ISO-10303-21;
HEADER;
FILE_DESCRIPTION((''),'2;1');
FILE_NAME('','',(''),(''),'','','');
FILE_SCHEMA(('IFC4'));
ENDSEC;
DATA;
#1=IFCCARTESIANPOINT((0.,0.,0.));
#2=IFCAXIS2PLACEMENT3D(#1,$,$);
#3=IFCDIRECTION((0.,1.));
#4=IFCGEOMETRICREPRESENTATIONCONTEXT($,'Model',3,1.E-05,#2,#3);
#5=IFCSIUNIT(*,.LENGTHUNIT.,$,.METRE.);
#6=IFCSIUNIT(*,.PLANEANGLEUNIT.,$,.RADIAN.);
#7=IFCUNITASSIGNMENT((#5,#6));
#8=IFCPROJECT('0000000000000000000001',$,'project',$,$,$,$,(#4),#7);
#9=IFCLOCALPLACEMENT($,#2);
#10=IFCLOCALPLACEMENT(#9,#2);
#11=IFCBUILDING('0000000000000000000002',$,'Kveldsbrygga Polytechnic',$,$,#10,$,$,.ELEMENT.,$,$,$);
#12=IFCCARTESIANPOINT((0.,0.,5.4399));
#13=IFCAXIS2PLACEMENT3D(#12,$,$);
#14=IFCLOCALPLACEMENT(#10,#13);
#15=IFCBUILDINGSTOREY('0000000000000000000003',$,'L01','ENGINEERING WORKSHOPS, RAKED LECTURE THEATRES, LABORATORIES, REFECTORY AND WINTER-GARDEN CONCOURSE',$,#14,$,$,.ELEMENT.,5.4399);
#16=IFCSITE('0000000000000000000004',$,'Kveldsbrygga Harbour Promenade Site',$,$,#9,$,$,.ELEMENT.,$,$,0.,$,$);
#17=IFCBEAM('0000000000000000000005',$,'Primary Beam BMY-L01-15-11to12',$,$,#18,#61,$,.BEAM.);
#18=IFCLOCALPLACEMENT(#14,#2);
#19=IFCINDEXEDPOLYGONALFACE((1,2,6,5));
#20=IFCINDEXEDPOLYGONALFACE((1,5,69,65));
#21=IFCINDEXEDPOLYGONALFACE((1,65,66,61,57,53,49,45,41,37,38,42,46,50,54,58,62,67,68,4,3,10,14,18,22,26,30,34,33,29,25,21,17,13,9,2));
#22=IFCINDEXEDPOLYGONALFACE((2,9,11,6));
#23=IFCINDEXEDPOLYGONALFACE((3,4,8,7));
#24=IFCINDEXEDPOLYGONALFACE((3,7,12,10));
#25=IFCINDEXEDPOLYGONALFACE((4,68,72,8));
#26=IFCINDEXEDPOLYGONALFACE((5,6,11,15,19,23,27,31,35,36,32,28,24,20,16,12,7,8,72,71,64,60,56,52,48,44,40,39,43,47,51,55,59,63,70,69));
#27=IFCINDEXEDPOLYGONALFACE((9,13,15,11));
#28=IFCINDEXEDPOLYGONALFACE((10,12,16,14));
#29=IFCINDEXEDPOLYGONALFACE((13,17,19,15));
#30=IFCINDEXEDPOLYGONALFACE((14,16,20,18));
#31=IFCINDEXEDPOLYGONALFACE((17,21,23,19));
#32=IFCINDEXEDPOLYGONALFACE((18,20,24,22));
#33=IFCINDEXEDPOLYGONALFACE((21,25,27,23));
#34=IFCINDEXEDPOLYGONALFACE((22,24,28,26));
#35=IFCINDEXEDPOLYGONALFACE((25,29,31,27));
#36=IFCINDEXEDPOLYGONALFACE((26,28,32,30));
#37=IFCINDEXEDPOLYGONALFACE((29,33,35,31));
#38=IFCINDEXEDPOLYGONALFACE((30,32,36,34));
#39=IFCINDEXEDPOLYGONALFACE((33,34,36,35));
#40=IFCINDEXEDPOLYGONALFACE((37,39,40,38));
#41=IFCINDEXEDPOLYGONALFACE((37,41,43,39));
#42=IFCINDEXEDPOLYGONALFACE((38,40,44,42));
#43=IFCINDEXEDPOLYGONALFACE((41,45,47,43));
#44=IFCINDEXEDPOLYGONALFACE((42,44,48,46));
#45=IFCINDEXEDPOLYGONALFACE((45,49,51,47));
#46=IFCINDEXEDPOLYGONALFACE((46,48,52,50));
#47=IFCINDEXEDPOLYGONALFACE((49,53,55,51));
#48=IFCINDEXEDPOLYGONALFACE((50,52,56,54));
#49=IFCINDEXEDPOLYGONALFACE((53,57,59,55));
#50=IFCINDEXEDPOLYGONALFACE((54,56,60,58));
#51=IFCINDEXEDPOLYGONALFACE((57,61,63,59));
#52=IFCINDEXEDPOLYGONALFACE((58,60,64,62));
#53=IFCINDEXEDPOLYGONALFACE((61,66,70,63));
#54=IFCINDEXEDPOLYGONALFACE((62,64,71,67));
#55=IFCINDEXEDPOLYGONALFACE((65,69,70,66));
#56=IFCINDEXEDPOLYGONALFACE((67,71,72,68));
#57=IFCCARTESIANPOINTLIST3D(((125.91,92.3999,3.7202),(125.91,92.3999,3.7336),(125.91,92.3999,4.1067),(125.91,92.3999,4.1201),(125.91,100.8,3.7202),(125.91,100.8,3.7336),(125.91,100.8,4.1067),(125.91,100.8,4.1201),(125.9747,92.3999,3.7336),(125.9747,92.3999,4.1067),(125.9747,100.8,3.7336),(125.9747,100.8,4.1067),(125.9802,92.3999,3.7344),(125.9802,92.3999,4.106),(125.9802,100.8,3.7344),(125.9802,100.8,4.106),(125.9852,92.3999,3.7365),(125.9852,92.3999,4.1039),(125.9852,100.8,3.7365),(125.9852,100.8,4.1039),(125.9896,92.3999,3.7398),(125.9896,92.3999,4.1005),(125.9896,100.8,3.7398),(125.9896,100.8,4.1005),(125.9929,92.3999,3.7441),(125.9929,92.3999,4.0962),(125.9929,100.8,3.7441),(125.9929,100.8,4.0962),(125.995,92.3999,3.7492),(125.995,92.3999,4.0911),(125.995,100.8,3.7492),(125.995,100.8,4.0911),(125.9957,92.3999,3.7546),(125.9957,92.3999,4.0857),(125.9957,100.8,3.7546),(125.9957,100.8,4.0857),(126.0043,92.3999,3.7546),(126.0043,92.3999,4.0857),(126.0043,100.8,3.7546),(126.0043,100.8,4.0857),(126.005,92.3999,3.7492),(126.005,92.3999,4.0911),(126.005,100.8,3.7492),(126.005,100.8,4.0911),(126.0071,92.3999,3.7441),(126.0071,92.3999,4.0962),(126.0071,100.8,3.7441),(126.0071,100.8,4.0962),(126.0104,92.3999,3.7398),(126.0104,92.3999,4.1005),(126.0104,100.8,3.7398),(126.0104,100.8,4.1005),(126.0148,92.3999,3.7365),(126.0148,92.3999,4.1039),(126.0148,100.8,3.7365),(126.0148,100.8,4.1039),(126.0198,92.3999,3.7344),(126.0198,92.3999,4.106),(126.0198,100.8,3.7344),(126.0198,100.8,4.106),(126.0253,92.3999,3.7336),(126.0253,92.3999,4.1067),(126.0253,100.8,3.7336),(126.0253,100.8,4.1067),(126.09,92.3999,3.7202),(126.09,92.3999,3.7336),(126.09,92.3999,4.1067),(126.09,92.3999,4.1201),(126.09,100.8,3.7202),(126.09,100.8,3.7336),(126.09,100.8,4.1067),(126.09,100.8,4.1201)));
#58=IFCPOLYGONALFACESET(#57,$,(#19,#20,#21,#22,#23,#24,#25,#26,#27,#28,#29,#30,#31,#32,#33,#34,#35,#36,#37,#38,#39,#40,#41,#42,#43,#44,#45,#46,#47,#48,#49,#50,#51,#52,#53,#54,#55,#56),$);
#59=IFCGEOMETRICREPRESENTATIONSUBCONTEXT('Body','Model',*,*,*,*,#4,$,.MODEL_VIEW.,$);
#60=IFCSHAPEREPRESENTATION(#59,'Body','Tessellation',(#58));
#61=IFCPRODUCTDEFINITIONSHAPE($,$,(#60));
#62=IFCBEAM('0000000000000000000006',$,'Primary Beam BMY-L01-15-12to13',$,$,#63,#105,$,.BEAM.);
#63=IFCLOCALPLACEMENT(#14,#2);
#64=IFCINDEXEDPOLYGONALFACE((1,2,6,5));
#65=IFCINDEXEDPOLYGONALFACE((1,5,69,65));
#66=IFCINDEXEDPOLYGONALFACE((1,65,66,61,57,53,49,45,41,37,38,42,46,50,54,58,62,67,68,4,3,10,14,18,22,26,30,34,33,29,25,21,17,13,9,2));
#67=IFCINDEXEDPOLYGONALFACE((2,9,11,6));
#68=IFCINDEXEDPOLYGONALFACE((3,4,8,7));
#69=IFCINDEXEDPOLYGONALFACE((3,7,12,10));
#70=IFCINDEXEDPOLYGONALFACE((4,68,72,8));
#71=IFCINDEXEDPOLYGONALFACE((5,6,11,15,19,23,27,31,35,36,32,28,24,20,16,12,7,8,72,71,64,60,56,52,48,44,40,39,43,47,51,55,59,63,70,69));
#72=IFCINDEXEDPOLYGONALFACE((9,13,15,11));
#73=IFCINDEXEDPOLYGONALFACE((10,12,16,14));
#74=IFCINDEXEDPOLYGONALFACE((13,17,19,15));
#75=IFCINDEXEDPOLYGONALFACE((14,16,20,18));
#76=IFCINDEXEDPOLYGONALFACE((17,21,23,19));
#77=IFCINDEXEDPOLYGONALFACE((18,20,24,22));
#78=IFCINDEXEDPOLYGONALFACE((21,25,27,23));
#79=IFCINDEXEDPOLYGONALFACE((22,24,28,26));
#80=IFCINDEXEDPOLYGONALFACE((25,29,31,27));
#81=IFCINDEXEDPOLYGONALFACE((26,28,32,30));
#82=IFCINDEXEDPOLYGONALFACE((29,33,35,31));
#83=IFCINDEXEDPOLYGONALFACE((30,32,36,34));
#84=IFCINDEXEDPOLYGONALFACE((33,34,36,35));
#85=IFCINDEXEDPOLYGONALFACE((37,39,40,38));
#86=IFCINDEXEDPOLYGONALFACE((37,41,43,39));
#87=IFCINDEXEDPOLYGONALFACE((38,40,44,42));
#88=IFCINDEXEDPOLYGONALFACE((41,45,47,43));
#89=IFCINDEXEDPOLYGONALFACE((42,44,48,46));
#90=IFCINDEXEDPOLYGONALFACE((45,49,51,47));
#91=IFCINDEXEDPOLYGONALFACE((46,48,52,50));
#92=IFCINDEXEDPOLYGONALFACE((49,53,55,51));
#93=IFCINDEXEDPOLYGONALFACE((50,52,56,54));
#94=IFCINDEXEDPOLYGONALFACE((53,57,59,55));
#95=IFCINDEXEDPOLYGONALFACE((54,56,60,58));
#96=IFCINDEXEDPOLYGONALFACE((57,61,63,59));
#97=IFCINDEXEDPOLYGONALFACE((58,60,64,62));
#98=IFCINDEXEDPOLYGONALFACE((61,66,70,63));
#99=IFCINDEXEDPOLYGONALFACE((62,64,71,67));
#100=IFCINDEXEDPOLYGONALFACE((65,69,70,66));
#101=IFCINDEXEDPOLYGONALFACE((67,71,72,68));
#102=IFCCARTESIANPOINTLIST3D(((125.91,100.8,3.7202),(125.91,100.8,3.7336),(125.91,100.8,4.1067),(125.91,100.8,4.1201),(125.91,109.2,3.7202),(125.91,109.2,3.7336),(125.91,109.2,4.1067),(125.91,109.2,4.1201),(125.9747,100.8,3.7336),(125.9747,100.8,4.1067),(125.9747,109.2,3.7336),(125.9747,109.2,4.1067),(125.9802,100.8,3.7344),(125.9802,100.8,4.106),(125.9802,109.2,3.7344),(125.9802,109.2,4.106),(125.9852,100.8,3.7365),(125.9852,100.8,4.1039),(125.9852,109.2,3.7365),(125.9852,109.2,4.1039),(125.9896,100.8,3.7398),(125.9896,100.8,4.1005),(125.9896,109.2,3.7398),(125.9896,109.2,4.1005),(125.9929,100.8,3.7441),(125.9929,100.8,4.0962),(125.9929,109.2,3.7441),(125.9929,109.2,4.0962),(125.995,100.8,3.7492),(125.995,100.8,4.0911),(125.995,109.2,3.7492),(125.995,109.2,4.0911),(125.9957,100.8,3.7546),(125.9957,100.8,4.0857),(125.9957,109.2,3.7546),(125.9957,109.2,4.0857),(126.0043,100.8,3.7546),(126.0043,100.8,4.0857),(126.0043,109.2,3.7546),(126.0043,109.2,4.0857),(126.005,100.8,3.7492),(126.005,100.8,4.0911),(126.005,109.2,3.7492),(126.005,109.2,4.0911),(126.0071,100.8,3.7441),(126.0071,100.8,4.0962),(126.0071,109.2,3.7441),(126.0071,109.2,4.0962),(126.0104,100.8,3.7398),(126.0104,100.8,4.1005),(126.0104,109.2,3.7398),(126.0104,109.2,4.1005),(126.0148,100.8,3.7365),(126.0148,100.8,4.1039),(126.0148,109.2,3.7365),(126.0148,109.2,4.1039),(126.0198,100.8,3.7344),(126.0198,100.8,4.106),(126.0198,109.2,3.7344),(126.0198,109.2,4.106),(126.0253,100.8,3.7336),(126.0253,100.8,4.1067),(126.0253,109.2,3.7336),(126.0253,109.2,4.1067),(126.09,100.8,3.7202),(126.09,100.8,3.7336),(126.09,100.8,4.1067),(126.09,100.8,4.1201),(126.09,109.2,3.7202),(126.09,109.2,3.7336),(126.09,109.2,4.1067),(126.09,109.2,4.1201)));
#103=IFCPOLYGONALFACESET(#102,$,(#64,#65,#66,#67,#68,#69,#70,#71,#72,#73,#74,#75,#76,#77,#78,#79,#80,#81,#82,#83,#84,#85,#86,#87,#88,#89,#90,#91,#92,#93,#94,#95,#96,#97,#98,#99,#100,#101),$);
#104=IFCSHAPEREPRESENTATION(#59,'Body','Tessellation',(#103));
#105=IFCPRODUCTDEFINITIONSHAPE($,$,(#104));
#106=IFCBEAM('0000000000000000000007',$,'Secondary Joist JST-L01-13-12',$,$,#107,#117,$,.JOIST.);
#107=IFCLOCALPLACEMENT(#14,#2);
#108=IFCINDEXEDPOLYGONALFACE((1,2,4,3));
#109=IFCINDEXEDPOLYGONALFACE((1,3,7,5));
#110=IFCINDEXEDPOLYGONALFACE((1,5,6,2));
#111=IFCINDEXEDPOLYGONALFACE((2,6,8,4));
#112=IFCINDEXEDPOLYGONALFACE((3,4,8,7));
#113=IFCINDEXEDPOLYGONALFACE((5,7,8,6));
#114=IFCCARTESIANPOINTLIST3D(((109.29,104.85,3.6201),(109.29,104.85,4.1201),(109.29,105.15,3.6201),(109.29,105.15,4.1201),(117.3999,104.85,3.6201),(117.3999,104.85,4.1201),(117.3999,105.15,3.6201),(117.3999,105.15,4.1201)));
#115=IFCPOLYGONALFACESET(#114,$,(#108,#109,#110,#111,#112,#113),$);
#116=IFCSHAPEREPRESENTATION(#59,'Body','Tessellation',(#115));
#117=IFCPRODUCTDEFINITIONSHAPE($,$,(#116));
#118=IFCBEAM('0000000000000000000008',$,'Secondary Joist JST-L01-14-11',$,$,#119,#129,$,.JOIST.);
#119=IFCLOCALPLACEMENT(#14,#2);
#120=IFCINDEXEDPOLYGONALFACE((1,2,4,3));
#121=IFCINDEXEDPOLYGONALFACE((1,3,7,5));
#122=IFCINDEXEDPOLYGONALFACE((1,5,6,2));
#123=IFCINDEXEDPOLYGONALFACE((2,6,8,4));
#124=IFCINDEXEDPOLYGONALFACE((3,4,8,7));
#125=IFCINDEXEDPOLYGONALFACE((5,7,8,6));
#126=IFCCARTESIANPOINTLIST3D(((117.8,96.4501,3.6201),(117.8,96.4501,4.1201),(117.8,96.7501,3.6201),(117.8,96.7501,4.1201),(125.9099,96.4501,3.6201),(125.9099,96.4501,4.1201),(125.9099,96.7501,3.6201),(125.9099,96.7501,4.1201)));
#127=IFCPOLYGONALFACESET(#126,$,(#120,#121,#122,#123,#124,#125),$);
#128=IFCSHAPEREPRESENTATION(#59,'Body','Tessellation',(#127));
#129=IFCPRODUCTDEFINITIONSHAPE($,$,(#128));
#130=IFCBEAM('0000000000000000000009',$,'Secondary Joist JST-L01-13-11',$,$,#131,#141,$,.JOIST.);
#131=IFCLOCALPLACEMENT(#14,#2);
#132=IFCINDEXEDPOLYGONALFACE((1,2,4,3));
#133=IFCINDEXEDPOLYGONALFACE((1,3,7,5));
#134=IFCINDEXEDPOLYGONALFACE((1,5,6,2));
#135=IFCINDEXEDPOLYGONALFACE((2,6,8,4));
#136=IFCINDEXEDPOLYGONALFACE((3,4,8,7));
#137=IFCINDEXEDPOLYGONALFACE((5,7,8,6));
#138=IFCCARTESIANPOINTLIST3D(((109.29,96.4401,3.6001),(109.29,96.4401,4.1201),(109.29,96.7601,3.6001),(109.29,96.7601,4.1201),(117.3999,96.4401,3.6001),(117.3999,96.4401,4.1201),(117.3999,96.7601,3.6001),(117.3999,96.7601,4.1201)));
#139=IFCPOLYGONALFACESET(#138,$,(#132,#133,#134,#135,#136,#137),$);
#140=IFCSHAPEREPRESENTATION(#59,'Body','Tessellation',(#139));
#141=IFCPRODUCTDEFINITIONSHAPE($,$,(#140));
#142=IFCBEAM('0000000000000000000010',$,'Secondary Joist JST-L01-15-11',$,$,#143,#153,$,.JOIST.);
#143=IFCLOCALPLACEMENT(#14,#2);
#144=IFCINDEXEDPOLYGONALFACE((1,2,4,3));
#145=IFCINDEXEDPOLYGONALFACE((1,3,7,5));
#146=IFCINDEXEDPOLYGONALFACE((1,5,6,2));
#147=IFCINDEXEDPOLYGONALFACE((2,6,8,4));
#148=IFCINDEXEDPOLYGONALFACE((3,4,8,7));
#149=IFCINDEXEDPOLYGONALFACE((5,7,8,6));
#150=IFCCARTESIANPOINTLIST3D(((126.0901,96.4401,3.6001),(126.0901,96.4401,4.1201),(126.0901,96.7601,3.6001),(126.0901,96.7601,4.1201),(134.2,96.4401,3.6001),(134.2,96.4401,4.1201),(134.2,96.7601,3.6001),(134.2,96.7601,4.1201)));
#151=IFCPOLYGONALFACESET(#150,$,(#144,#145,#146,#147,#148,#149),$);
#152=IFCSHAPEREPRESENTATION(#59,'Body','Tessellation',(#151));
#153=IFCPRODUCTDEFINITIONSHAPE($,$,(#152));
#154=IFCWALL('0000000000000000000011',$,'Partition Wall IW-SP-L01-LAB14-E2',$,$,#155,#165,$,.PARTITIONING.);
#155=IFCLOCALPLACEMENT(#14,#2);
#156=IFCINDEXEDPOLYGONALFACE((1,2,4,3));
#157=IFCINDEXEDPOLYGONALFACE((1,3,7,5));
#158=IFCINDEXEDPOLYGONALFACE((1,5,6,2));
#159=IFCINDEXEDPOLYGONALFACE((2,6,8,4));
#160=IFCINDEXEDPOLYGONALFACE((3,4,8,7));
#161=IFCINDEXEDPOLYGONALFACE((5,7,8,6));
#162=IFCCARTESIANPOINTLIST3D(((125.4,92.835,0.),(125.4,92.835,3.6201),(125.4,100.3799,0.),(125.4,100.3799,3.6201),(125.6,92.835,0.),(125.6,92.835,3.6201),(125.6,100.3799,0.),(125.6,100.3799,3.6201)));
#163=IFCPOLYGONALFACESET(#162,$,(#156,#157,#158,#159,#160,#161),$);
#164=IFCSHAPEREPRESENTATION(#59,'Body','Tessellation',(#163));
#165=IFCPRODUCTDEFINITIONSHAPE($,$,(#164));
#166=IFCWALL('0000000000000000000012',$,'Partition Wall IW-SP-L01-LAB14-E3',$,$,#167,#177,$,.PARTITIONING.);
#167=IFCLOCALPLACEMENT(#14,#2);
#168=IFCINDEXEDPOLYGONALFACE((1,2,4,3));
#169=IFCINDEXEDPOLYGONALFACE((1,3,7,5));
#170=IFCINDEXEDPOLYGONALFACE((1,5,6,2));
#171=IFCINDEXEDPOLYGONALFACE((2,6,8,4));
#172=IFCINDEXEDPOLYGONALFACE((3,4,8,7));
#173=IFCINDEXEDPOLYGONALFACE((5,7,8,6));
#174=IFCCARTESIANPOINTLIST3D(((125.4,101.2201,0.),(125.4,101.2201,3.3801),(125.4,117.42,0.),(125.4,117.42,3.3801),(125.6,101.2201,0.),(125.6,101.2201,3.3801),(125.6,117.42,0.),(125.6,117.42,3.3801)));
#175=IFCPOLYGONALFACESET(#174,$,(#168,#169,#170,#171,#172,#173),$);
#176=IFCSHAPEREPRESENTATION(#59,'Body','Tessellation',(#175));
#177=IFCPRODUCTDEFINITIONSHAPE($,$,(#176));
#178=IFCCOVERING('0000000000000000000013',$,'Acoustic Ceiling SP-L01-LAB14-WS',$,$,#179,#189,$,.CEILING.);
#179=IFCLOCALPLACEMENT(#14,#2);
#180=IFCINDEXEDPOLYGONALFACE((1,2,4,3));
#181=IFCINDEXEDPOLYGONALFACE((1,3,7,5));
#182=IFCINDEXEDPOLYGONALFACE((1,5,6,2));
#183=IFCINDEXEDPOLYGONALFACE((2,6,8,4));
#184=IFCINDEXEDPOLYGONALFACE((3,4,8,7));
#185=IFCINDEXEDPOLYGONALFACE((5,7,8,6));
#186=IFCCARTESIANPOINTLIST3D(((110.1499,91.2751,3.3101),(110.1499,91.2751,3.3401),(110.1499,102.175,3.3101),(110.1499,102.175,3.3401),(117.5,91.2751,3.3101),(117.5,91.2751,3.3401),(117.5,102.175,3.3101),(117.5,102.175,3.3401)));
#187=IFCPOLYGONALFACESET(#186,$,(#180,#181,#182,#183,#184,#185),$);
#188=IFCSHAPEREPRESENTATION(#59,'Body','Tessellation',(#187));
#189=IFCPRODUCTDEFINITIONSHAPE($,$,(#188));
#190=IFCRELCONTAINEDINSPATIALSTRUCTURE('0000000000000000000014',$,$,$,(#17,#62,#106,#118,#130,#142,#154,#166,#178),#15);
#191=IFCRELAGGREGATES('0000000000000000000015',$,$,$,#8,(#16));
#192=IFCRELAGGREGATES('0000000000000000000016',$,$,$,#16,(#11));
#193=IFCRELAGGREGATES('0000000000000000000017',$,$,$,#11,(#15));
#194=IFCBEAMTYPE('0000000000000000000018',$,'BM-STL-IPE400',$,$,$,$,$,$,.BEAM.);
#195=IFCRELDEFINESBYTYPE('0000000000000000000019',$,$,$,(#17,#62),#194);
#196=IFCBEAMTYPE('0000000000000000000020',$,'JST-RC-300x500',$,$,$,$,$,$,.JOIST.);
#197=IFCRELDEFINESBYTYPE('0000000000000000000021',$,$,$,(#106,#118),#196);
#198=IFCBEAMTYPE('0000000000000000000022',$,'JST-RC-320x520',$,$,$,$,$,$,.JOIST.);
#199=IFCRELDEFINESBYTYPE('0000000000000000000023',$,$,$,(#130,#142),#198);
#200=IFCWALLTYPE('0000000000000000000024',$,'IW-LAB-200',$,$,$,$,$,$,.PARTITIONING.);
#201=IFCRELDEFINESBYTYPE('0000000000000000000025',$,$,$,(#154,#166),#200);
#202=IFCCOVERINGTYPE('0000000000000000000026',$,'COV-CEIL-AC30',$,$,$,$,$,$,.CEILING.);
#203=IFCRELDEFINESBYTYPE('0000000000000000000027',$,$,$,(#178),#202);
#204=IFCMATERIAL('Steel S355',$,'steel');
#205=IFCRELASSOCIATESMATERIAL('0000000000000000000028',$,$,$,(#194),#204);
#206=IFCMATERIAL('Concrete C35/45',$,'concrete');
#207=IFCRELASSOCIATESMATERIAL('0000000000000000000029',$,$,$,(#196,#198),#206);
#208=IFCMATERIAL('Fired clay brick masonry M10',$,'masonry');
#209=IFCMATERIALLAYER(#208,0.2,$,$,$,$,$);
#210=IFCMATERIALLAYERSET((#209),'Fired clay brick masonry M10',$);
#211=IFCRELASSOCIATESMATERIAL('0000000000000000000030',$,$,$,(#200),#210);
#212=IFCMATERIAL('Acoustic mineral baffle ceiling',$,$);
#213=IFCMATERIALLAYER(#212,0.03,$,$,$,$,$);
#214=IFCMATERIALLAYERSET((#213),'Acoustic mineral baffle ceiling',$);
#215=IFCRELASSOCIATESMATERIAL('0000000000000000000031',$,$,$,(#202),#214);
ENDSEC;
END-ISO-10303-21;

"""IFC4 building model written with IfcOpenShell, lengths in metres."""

from ifc_helpers import new_model, si_unit, direction, frame, frame_2d, origin, origin_2d, place, context, subcontext, project, spatial, rectangle, i_section, extrude, material, layer, layer_set, material_profile, profile_set, type_object, element, save


model = new_model("IFC4")

# Units and contexts
model_context = context("Model", 3, precision=1e-05, world=origin(), true_north=direction((0.0, 1.0)))
body_context = subcontext(model_context, "Body", "Model", "MODEL_VIEW")
ifc_project = project(units=[si_unit("LENGTHUNIT", "METRE"), si_unit("PLANEANGLEUNIT", "RADIAN")], contexts=[model_context])

# Site, building, storey
site_placement = place(None, origin())
site = spatial("IfcSite", under=ifc_project, at=site_placement, Name="Kveldsbrygga Harbour Promenade Site", CompositionType="ELEMENT", RefElevation=0.0)
building_placement = place(site_placement, origin())
building = spatial("IfcBuilding", under=site, at=building_placement, Name="Kveldsbrygga Polytechnic", CompositionType="ELEMENT")
storey_placement = place(building_placement, frame((0.0, 0.0, 5.4399)))
storey = spatial("IfcBuildingStorey", under=building, at=storey_placement, Name="L01", Description="ENGINEERING WORKSHOPS, RAKED LECTURE THEATRES, LABORATORIES, REFECTORY AND WINTER-GARDEN CONCOURSE", CompositionType="ELEMENT", Elevation=5.4399)

# Beams
ifc_material_1 = material(Name="Concrete C35/45", Category="concrete")
ifc_material_2 = material(Name="Steel S355", Category="steel")
ifc_material_profile_1 = material_profile(ifc_material_2, i_section(OverallWidth=0.1799, OverallDepth=0.3999, WebThickness=0.0085, FlangeThickness=0.0134, FilletRadius=0.021, at=origin_2d()), Name="IPE 400")
ifc_profile_set_1 = profile_set([ifc_material_profile_1], Name="Steel S355")
beam_type_1 = type_object("IfcBeamType", Name="BM-STL-IPE400", PredefinedType="BEAM", material=ifc_profile_set_1)
beam_1_placement = place(storey_placement, frame((126.0, 92.3999, 3.9202), z_axis=(0.0, 1.0, 0.0), x_axis=(-1.0, 0.0, 0.0)))
element("IfcBeam", 1, at=beam_1_placement, inside=storey, type_object=beam_type_1, Name="Primary Beam BMY-L01-15-11to12", PredefinedType="BEAM", context=body_context, shape_type="SweptSolid", body=[
    extrude(i_section(OverallWidth=0.1799, OverallDepth=0.3999, WebThickness=0.0085, FlangeThickness=0.0134, FilletRadius=0.021, at=origin_2d()), origin(), (0.0, 0.0, 1.0), 8.4001),
])
beam_2_placement = place(storey_placement, frame((126.0, 100.8, 3.9202), z_axis=(0.0, 1.0, 0.0), x_axis=(-1.0, 0.0, 0.0)))
element("IfcBeam", 2, at=beam_2_placement, inside=storey, type_object=beam_type_1, Name="Primary Beam BMY-L01-15-12to13", PredefinedType="BEAM", context=body_context, shape_type="SweptSolid", body=[
    extrude(i_section(OverallWidth=0.1799, OverallDepth=0.3999, WebThickness=0.0085, FlangeThickness=0.0134, FilletRadius=0.021, at=origin_2d()), origin(), (0.0, 0.0, 1.0), 8.3999),
])
ifc_material_profile_2 = material_profile(ifc_material_1, rectangle(XDim=0.3, YDim=0.5, at=origin_2d()), Name="RC 300x500")
ifc_profile_set_2 = profile_set([ifc_material_profile_2], Name="Concrete C35/45")
beam_type_2 = type_object("IfcBeamType", Name="JST-RC-300x500", PredefinedType="JOIST", material=ifc_profile_set_2)
for number, where, z_axis, x_axis, name in (
    (3, (109.29, 105.0, 3.8701), (1.0, 0.0, 0.0), (0.0, 1.0, 0.0), "Secondary Joist JST-L01-13-12"),
    (4, (117.8, 96.6001, 3.8701), (1.0, 0.0, 0.0), (0.0, 1.0, 0.0), "Secondary Joist JST-L01-14-11"),
):
    element("IfcBeam", number, at=place(storey_placement, frame(where, z_axis=z_axis, x_axis=x_axis)), inside=storey, type_object=beam_type_2, Name=name, PredefinedType="JOIST", context=body_context, shape_type="SweptSolid", body=[
        extrude(rectangle(XDim=0.3, YDim=0.5, at=origin_2d()), origin(), (0.0, 0.0, 1.0), 8.1099),
    ])
ifc_material_profile_3 = material_profile(ifc_material_1, rectangle(XDim=0.3201, YDim=0.52, at=origin_2d()), Name="RC 320x520")
ifc_profile_set_3 = profile_set([ifc_material_profile_3], Name="Concrete C35/45")
beam_type_3 = type_object("IfcBeamType", Name="JST-RC-320x520", PredefinedType="JOIST", material=ifc_profile_set_3)
for number, where, z_axis, x_axis, name in (
    (5, (109.29, 96.6001, 3.8601), (1.0, 0.0, 0.0), (0.0, 1.0, 0.0), "Secondary Joist JST-L01-13-11"),
    (6, (126.0901, 96.6001, 3.8601), (1.0, 0.0, 0.0), (0.0, 1.0, 0.0), "Secondary Joist JST-L01-15-11"),
):
    element("IfcBeam", number, at=place(storey_placement, frame(where, z_axis=z_axis, x_axis=x_axis)), inside=storey, type_object=beam_type_3, Name=name, PredefinedType="JOIST", context=body_context, shape_type="SweptSolid", body=[
        extrude(rectangle(XDim=0.3201, YDim=0.52, at=origin_2d()), origin(), (0.0, 0.0, 1.0), 8.1099),
    ])

# Walls
ifc_material_3 = material(Name="Fired clay brick masonry M10", Category="masonry")
ifc_layer_1 = layer(ifc_material_3, 0.2)
ifc_layer_set_1 = layer_set([ifc_layer_1], Name="Fired clay brick masonry M10")
wall_type = type_object("IfcWallType", Name="IW-LAB-200", PredefinedType="PARTITIONING", material=ifc_layer_set_1)
wall_1_placement = place(storey_placement, frame((125.5, 92.835, 0.0), z_axis=(0.0, 0.0, 1.0), x_axis=(0.0, 1.0, 0.0)))
element("IfcWall", 7, at=wall_1_placement, inside=storey, type_object=wall_type, Name="Partition Wall IW-SP-L01-LAB14-E2", PredefinedType="PARTITIONING", context=body_context, shape_type="SweptSolid", body=[
    extrude(rectangle(XDim=7.5449, YDim=0.2, at=frame_2d((3.7725, 0.0))), origin(), (0.0, 0.0, 1.0), 3.6201),
])
wall_2_placement = place(storey_placement, frame((125.5, 101.22, 0.0), z_axis=(0.0, 0.0, 1.0), x_axis=(0.0, 1.0, 0.0)))
element("IfcWall", 8, at=wall_2_placement, inside=storey, type_object=wall_type, Name="Partition Wall IW-SP-L01-LAB14-E3", PredefinedType="PARTITIONING", context=body_context, shape_type="SweptSolid", body=[
    extrude(rectangle(XDim=16.2, YDim=0.2, at=frame_2d((8.1001, 0.0))), origin(), (0.0, 0.0, 1.0), 3.3801),
])

# Covering
ifc_material_4 = material(Name="Acoustic mineral baffle ceiling")
ifc_layer_2 = layer(ifc_material_4, 0.03)
ifc_layer_set_2 = layer_set([ifc_layer_2], Name="Acoustic mineral baffle ceiling")
covering_type_1 = type_object("IfcCoveringType", Name="COV-CEIL-AC30", PredefinedType="CEILING", material=ifc_layer_set_2)
for number, where, z_axis, x_axis, name in (
    (9, (113.825, 96.7251, 3.3101), (0.0, 0.0, 1.0), (1.0, 0.0, 0.0), "Acoustic Ceiling SP-L01-LAB14-WS"),
):
    element("IfcCovering", number, at=place(storey_placement, frame(where, z_axis=z_axis, x_axis=x_axis)), inside=storey, type_object=covering_type_1, Name=name, PredefinedType="CEILING", context=body_context, shape_type="SweptSolid", body=[
        extrude(rectangle(XDim=7.3501, YDim=10.8999, at=origin_2d()), origin(), (0.0, 0.0, 1.0), 0.03),
    ])

save(model, "model.ifc")
